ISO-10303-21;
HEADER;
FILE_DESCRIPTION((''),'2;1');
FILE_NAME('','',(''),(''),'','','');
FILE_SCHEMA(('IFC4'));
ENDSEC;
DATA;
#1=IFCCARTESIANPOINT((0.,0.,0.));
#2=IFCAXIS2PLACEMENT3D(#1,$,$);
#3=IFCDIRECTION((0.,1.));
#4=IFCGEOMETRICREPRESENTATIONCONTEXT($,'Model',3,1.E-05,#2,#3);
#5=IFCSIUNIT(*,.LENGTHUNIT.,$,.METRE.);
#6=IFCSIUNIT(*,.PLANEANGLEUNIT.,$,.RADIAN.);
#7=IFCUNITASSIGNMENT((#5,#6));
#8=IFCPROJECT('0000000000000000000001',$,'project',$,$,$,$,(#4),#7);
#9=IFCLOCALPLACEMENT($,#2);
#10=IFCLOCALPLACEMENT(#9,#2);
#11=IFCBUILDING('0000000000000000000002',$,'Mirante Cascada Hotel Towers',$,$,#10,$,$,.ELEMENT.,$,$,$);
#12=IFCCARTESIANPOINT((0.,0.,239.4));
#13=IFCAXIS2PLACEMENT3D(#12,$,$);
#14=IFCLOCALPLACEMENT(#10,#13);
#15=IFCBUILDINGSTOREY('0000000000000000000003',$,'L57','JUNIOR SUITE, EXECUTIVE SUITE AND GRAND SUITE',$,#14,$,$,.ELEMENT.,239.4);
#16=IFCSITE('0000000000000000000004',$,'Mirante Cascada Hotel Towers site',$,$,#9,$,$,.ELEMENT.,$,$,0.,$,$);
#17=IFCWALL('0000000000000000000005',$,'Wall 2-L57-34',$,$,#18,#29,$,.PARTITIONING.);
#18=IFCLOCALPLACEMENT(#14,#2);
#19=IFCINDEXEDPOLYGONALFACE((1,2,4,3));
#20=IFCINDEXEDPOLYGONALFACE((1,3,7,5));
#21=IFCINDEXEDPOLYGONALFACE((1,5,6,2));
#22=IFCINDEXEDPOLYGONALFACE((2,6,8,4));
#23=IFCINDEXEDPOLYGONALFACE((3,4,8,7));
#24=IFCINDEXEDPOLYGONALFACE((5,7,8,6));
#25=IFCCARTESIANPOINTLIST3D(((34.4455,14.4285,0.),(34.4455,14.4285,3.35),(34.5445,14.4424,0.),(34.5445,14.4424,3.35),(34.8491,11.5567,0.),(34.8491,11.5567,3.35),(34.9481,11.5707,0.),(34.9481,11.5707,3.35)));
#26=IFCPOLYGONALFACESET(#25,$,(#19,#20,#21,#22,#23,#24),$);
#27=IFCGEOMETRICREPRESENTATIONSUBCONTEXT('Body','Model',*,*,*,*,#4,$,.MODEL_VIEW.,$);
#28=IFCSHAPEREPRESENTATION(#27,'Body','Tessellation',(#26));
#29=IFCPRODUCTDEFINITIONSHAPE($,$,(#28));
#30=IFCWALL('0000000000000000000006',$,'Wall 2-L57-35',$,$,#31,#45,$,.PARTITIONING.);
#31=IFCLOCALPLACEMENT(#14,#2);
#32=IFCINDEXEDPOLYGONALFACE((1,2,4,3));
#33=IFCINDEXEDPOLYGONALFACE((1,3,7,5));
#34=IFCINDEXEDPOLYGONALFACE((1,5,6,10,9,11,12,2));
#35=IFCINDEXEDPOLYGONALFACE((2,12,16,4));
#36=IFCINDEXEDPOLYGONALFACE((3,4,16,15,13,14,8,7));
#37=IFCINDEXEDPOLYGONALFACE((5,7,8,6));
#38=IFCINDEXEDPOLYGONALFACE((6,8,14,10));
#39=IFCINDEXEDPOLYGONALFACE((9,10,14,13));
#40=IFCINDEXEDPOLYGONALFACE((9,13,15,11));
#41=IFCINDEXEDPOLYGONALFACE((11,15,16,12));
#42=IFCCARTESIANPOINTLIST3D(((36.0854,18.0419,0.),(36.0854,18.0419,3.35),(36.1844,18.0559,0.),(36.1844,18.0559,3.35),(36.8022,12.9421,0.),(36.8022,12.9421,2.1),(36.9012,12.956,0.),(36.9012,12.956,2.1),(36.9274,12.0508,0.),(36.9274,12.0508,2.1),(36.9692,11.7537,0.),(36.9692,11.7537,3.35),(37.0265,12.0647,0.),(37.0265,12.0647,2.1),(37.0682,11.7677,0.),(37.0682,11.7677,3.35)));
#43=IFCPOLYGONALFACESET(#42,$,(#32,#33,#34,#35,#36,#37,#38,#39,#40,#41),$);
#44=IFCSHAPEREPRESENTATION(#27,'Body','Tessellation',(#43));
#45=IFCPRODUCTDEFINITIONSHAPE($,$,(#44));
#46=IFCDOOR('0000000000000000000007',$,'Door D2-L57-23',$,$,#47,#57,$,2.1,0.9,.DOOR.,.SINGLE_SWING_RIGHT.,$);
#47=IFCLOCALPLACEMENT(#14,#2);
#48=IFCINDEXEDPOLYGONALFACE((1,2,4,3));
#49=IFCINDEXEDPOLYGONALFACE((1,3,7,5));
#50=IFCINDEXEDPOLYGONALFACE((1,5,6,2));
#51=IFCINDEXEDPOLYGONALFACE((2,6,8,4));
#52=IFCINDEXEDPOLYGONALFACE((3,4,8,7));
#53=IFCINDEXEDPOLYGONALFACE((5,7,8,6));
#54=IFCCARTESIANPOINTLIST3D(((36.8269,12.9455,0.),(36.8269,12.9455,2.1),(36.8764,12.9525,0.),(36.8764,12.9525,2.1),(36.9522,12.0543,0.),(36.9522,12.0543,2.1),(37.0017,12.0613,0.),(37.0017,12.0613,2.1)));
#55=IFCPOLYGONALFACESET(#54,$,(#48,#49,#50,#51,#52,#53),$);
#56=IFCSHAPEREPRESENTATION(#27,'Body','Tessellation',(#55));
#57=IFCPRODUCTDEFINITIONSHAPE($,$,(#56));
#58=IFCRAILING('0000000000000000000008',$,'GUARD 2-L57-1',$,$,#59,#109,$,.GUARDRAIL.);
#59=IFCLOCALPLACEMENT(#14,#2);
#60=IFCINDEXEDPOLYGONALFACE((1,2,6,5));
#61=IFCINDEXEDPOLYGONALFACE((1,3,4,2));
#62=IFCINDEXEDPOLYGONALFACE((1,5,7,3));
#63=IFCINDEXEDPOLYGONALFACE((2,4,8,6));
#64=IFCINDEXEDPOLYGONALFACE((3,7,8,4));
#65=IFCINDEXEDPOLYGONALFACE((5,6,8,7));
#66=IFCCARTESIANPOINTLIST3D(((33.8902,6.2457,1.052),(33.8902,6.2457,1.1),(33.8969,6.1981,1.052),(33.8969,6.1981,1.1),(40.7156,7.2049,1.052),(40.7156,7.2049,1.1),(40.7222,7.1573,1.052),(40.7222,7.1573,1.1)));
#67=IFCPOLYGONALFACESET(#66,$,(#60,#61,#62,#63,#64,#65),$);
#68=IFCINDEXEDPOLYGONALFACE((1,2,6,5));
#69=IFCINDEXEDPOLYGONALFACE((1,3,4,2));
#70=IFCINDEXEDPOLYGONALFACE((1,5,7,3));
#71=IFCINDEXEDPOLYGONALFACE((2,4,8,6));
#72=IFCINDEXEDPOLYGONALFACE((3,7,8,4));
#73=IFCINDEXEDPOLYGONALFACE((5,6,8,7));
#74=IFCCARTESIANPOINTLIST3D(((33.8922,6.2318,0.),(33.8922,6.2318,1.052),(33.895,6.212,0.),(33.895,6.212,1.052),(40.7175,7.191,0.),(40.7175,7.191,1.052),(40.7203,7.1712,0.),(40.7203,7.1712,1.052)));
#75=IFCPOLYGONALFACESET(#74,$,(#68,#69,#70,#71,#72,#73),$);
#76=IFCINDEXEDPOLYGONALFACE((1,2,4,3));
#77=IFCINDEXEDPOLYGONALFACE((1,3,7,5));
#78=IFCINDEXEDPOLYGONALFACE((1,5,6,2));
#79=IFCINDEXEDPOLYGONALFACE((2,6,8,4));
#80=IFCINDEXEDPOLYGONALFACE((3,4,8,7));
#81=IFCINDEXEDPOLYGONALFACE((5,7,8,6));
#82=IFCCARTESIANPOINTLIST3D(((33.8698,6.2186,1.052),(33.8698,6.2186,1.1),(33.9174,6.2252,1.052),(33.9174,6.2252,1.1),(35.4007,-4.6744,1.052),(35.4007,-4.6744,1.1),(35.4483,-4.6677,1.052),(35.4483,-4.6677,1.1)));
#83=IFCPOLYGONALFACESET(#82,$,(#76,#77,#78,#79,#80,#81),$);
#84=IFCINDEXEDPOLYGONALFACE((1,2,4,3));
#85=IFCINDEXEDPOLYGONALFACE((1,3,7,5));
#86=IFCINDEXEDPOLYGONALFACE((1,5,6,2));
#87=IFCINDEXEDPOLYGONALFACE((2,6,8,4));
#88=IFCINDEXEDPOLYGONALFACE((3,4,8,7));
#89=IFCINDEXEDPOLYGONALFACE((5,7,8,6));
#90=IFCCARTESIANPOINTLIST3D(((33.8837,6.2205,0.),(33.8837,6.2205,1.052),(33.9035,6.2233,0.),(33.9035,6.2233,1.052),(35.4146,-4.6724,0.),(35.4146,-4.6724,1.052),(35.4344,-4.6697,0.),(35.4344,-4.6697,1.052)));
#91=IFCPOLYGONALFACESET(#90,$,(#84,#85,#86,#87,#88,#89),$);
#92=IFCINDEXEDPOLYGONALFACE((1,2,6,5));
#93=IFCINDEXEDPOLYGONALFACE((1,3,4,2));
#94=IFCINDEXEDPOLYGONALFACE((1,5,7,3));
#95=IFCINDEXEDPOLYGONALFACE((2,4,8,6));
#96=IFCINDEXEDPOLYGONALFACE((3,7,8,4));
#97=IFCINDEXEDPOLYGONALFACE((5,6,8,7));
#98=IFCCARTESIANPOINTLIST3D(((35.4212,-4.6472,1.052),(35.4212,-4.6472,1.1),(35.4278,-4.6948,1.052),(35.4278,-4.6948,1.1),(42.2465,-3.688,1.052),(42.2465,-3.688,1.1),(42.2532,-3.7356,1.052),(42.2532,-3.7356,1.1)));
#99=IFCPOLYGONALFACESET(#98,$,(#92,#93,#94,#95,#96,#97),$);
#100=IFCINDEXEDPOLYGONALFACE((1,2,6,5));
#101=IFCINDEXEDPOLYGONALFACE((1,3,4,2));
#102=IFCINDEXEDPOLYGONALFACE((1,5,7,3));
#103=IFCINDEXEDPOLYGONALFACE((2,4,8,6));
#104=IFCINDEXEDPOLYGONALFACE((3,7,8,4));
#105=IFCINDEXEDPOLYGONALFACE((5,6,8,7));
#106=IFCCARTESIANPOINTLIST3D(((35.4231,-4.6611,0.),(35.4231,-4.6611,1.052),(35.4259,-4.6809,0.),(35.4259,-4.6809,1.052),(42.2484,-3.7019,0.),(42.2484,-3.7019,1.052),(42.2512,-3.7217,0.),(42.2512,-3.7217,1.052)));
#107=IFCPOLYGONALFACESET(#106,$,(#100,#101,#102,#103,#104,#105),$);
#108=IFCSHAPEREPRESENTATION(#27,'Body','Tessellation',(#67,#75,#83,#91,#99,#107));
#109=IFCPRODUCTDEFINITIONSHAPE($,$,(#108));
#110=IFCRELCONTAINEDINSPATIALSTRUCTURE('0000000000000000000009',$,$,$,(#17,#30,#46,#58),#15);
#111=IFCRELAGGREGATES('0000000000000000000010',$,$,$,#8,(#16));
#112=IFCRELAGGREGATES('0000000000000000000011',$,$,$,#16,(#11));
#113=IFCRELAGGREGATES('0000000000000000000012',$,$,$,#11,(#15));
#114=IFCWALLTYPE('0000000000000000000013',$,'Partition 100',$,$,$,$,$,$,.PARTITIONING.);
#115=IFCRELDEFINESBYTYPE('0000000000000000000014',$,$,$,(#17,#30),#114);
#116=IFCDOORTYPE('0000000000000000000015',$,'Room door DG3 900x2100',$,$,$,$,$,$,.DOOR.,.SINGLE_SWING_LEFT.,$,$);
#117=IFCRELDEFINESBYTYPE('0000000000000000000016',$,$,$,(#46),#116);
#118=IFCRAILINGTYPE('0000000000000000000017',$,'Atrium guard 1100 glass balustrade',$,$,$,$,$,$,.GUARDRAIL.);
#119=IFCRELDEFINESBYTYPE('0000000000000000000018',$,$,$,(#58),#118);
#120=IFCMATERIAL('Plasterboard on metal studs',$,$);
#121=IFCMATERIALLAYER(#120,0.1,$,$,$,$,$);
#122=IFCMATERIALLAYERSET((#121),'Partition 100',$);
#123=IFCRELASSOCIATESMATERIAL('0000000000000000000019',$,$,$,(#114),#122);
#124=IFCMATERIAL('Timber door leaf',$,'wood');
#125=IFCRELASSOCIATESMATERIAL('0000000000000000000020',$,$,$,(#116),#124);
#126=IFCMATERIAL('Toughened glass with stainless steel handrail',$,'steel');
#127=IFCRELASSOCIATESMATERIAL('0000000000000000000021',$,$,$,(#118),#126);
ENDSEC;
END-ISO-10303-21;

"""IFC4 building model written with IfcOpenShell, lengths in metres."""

from ifc_helpers import new_model, si_unit, direction, frame, frame_2d, origin, origin_2d, place, context, subcontext, project, spatial, rectangle, extrude, material, layer, layer_set, type_object, element, fill, save


model = new_model("IFC4")

# Units and contexts
model_context = context("Model", 3, precision=1e-05, world=origin(), true_north=direction((0.0, 1.0)))
body_context = subcontext(model_context, "Body", "Model", "MODEL_VIEW")
ifc_project = project(units=[si_unit("LENGTHUNIT", "METRE"), si_unit("PLANEANGLEUNIT", "RADIAN")], contexts=[model_context])

# Site, building, storey
site_placement = place(None, origin())
site = spatial("IfcSite", under=ifc_project, at=site_placement, Name="Mirante Cascada Hotel Towers site", CompositionType="ELEMENT", RefElevation=0.0)
building_placement = place(site_placement, origin())
building = spatial("IfcBuilding", under=site, at=building_placement, Name="Mirante Cascada Hotel Towers", CompositionType="ELEMENT")
storey_placement = place(building_placement, frame((0.0, 0.0, 239.4)))
storey = spatial("IfcBuildingStorey", under=building, at=storey_placement, Name="L57", Description="JUNIOR SUITE, EXECUTIVE SUITE AND GRAND SUITE", CompositionType="ELEMENT", Elevation=239.4)

# Shared definitions
ifc_material_1 = material(Name="Plasterboard on metal studs")
ifc_layer_1 = layer(ifc_material_1, 0.1)
ifc_layer_set_1 = layer_set([ifc_layer_1], Name="Partition 100")
wall_type = type_object("IfcWallType", Name="Partition 100", PredefinedType="PARTITIONING", material=ifc_layer_set_1)

# Shared definitions
ifc_material_2 = material(Name="Timber door leaf", Category="wood")
door_type_1 = type_object("IfcDoorType", Name="Room door DG3 900x2100", OperationType="SINGLE_SWING_LEFT", PredefinedType="DOOR", material=ifc_material_2)

# Wall
wall_1_placement = place(storey_placement, frame((34.8986, 11.5637, 0.0), z_axis=(0.0, 0.0, 1.0), x_axis=(-0.139171, 0.990268, 0.0)))
element("IfcWall", 1, at=wall_1_placement, inside=storey, type_object=wall_type, Name="Wall 2-L57-34", PredefinedType="PARTITIONING", context=body_context, shape_type="SweptSolid", body=[
    extrude(rectangle(XDim=2.9, YDim=0.1, at=frame_2d((1.45, 0.0))), origin(), (0.0, 0.0, 1.0), 3.35),
])

# Wall, opening, door
wall_2_placement = place(storey_placement, frame((36.1349, 18.0489, 0.0), z_axis=(0.0, 0.0, 1.0), x_axis=(0.139181, -0.990267, 0.0)))
wall_2 = element("IfcWall", 2, at=wall_2_placement, inside=storey, type_object=wall_type, Name="Wall 2-L57-35", PredefinedType="PARTITIONING", context=body_context, shape_type="SweptSolid", body=[
    extrude(rectangle(XDim=6.35, YDim=0.1, at=frame_2d((3.175, 0.0))), origin(), (0.0, 0.0, 1.0), 3.35),
])
opening_1_placement = place(wall_2_placement, frame((5.15, 0.0, 0.0)))
opening_1 = element("IfcOpeningElement", 3, at=opening_1_placement, cuts=wall_2, PredefinedType="OPENING", context=body_context, shape_type="SweptSolid", body=[
    extrude(rectangle(XDim=0.9, YDim=2.1, at=frame_2d((0.45, 1.05))), frame((0.0, 0.05, 0.0), z_axis=(0.0, -1.0, 0.0), x_axis=(1.0, 0.0, 0.0)), (0.0, 0.0, 1.0), 0.1),
])
door_1_placement = place(opening_1_placement, frame((0.9, 0.0, 0.0), z_axis=(0.0, 0.0, 1.0), x_axis=(-1.0, 0.0, 0.0)))
door_1 = element("IfcDoor", 4, at=door_1_placement, inside=storey, type_object=door_type_1, Name="Door D2-L57-23", OperationType="SINGLE_SWING_RIGHT", OverallHeight=2.1, OverallWidth=0.9, PredefinedType="DOOR", context=body_context, shape_type="SweptSolid", body=[
    extrude(rectangle(XDim=0.9, YDim=2.1, at=frame_2d((0.45, 1.05))), frame((0.0, 0.025, 0.0), z_axis=(0.0, -1.0, 0.0), x_axis=(1.0, 0.0, 0.0)), (0.0, 0.0, 1.0), 0.05),
])
fill(opening_1, door_1)

# Railing
ifc_material_3 = material(Name="Toughened glass with stainless steel handrail", Category="steel")
railing_type = type_object("IfcRailingType", Name="Atrium guard 1100 glass balustrade", PredefinedType="GUARDRAIL", material=ifc_material_3)
railing_placement = place(storey_placement, frame((40.7189, 7.1811, 0.0)))
element("IfcRailing", 5, at=railing_placement, inside=storey, type_object=railing_type, Name="GUARD 2-L57-1", PredefinedType="GUARDRAIL", context=body_context, shape_type="SweptSolid", body=[
    extrude(rectangle(XDim=0.048, YDim=0.048, at=origin_2d()), frame((0.0, 0.0, 1.076), z_axis=(-0.990269, -0.139168, 0.0), x_axis=(0.139168, -0.990269, 0.0)), (0.0, 0.0, 1.0), 6.8924),
    extrude(rectangle(XDim=0.02, YDim=1.052, at=origin_2d()), frame((0.0, 0.0, 0.526), z_axis=(-0.990269, -0.139168, 0.0), x_axis=(0.139168, -0.990269, 0.0)), (0.0, 0.0, 1.0), 6.8924),
    extrude(rectangle(XDim=0.048, YDim=0.048, at=origin_2d()), frame((-6.8253, -0.9592, 1.076), z_axis=(0.139173, -0.990268, 0.0), x_axis=(0.990268, 0.139173, 0.0)), (0.0, 0.0, 1.0), 11.0),
    extrude(rectangle(XDim=0.02, YDim=1.052, at=origin_2d()), frame((-6.8253, -0.9592, 0.526), z_axis=(0.139173, -0.990268, 0.0), x_axis=(0.990268, 0.139173, 0.0)), (0.0, 0.0, 1.0), 11.0),
    extrude(rectangle(XDim=0.048, YDim=0.048, at=origin_2d()), frame((-5.2944, -11.8521, 1.076), z_axis=(0.990269, 0.139168, 0.0), x_axis=(-0.139168, 0.990269, 0.0)), (0.0, 0.0, 1.0), 6.8924),
    extrude(rectangle(XDim=0.02, YDim=1.052, at=origin_2d()), frame((-5.2944, -11.8521, 0.526), z_axis=(0.990269, 0.139168, 0.0), x_axis=(-0.139168, 0.990269, 0.0)), (0.0, 0.0, 1.0), 6.8924),
])

save(model, "model.ifc")
